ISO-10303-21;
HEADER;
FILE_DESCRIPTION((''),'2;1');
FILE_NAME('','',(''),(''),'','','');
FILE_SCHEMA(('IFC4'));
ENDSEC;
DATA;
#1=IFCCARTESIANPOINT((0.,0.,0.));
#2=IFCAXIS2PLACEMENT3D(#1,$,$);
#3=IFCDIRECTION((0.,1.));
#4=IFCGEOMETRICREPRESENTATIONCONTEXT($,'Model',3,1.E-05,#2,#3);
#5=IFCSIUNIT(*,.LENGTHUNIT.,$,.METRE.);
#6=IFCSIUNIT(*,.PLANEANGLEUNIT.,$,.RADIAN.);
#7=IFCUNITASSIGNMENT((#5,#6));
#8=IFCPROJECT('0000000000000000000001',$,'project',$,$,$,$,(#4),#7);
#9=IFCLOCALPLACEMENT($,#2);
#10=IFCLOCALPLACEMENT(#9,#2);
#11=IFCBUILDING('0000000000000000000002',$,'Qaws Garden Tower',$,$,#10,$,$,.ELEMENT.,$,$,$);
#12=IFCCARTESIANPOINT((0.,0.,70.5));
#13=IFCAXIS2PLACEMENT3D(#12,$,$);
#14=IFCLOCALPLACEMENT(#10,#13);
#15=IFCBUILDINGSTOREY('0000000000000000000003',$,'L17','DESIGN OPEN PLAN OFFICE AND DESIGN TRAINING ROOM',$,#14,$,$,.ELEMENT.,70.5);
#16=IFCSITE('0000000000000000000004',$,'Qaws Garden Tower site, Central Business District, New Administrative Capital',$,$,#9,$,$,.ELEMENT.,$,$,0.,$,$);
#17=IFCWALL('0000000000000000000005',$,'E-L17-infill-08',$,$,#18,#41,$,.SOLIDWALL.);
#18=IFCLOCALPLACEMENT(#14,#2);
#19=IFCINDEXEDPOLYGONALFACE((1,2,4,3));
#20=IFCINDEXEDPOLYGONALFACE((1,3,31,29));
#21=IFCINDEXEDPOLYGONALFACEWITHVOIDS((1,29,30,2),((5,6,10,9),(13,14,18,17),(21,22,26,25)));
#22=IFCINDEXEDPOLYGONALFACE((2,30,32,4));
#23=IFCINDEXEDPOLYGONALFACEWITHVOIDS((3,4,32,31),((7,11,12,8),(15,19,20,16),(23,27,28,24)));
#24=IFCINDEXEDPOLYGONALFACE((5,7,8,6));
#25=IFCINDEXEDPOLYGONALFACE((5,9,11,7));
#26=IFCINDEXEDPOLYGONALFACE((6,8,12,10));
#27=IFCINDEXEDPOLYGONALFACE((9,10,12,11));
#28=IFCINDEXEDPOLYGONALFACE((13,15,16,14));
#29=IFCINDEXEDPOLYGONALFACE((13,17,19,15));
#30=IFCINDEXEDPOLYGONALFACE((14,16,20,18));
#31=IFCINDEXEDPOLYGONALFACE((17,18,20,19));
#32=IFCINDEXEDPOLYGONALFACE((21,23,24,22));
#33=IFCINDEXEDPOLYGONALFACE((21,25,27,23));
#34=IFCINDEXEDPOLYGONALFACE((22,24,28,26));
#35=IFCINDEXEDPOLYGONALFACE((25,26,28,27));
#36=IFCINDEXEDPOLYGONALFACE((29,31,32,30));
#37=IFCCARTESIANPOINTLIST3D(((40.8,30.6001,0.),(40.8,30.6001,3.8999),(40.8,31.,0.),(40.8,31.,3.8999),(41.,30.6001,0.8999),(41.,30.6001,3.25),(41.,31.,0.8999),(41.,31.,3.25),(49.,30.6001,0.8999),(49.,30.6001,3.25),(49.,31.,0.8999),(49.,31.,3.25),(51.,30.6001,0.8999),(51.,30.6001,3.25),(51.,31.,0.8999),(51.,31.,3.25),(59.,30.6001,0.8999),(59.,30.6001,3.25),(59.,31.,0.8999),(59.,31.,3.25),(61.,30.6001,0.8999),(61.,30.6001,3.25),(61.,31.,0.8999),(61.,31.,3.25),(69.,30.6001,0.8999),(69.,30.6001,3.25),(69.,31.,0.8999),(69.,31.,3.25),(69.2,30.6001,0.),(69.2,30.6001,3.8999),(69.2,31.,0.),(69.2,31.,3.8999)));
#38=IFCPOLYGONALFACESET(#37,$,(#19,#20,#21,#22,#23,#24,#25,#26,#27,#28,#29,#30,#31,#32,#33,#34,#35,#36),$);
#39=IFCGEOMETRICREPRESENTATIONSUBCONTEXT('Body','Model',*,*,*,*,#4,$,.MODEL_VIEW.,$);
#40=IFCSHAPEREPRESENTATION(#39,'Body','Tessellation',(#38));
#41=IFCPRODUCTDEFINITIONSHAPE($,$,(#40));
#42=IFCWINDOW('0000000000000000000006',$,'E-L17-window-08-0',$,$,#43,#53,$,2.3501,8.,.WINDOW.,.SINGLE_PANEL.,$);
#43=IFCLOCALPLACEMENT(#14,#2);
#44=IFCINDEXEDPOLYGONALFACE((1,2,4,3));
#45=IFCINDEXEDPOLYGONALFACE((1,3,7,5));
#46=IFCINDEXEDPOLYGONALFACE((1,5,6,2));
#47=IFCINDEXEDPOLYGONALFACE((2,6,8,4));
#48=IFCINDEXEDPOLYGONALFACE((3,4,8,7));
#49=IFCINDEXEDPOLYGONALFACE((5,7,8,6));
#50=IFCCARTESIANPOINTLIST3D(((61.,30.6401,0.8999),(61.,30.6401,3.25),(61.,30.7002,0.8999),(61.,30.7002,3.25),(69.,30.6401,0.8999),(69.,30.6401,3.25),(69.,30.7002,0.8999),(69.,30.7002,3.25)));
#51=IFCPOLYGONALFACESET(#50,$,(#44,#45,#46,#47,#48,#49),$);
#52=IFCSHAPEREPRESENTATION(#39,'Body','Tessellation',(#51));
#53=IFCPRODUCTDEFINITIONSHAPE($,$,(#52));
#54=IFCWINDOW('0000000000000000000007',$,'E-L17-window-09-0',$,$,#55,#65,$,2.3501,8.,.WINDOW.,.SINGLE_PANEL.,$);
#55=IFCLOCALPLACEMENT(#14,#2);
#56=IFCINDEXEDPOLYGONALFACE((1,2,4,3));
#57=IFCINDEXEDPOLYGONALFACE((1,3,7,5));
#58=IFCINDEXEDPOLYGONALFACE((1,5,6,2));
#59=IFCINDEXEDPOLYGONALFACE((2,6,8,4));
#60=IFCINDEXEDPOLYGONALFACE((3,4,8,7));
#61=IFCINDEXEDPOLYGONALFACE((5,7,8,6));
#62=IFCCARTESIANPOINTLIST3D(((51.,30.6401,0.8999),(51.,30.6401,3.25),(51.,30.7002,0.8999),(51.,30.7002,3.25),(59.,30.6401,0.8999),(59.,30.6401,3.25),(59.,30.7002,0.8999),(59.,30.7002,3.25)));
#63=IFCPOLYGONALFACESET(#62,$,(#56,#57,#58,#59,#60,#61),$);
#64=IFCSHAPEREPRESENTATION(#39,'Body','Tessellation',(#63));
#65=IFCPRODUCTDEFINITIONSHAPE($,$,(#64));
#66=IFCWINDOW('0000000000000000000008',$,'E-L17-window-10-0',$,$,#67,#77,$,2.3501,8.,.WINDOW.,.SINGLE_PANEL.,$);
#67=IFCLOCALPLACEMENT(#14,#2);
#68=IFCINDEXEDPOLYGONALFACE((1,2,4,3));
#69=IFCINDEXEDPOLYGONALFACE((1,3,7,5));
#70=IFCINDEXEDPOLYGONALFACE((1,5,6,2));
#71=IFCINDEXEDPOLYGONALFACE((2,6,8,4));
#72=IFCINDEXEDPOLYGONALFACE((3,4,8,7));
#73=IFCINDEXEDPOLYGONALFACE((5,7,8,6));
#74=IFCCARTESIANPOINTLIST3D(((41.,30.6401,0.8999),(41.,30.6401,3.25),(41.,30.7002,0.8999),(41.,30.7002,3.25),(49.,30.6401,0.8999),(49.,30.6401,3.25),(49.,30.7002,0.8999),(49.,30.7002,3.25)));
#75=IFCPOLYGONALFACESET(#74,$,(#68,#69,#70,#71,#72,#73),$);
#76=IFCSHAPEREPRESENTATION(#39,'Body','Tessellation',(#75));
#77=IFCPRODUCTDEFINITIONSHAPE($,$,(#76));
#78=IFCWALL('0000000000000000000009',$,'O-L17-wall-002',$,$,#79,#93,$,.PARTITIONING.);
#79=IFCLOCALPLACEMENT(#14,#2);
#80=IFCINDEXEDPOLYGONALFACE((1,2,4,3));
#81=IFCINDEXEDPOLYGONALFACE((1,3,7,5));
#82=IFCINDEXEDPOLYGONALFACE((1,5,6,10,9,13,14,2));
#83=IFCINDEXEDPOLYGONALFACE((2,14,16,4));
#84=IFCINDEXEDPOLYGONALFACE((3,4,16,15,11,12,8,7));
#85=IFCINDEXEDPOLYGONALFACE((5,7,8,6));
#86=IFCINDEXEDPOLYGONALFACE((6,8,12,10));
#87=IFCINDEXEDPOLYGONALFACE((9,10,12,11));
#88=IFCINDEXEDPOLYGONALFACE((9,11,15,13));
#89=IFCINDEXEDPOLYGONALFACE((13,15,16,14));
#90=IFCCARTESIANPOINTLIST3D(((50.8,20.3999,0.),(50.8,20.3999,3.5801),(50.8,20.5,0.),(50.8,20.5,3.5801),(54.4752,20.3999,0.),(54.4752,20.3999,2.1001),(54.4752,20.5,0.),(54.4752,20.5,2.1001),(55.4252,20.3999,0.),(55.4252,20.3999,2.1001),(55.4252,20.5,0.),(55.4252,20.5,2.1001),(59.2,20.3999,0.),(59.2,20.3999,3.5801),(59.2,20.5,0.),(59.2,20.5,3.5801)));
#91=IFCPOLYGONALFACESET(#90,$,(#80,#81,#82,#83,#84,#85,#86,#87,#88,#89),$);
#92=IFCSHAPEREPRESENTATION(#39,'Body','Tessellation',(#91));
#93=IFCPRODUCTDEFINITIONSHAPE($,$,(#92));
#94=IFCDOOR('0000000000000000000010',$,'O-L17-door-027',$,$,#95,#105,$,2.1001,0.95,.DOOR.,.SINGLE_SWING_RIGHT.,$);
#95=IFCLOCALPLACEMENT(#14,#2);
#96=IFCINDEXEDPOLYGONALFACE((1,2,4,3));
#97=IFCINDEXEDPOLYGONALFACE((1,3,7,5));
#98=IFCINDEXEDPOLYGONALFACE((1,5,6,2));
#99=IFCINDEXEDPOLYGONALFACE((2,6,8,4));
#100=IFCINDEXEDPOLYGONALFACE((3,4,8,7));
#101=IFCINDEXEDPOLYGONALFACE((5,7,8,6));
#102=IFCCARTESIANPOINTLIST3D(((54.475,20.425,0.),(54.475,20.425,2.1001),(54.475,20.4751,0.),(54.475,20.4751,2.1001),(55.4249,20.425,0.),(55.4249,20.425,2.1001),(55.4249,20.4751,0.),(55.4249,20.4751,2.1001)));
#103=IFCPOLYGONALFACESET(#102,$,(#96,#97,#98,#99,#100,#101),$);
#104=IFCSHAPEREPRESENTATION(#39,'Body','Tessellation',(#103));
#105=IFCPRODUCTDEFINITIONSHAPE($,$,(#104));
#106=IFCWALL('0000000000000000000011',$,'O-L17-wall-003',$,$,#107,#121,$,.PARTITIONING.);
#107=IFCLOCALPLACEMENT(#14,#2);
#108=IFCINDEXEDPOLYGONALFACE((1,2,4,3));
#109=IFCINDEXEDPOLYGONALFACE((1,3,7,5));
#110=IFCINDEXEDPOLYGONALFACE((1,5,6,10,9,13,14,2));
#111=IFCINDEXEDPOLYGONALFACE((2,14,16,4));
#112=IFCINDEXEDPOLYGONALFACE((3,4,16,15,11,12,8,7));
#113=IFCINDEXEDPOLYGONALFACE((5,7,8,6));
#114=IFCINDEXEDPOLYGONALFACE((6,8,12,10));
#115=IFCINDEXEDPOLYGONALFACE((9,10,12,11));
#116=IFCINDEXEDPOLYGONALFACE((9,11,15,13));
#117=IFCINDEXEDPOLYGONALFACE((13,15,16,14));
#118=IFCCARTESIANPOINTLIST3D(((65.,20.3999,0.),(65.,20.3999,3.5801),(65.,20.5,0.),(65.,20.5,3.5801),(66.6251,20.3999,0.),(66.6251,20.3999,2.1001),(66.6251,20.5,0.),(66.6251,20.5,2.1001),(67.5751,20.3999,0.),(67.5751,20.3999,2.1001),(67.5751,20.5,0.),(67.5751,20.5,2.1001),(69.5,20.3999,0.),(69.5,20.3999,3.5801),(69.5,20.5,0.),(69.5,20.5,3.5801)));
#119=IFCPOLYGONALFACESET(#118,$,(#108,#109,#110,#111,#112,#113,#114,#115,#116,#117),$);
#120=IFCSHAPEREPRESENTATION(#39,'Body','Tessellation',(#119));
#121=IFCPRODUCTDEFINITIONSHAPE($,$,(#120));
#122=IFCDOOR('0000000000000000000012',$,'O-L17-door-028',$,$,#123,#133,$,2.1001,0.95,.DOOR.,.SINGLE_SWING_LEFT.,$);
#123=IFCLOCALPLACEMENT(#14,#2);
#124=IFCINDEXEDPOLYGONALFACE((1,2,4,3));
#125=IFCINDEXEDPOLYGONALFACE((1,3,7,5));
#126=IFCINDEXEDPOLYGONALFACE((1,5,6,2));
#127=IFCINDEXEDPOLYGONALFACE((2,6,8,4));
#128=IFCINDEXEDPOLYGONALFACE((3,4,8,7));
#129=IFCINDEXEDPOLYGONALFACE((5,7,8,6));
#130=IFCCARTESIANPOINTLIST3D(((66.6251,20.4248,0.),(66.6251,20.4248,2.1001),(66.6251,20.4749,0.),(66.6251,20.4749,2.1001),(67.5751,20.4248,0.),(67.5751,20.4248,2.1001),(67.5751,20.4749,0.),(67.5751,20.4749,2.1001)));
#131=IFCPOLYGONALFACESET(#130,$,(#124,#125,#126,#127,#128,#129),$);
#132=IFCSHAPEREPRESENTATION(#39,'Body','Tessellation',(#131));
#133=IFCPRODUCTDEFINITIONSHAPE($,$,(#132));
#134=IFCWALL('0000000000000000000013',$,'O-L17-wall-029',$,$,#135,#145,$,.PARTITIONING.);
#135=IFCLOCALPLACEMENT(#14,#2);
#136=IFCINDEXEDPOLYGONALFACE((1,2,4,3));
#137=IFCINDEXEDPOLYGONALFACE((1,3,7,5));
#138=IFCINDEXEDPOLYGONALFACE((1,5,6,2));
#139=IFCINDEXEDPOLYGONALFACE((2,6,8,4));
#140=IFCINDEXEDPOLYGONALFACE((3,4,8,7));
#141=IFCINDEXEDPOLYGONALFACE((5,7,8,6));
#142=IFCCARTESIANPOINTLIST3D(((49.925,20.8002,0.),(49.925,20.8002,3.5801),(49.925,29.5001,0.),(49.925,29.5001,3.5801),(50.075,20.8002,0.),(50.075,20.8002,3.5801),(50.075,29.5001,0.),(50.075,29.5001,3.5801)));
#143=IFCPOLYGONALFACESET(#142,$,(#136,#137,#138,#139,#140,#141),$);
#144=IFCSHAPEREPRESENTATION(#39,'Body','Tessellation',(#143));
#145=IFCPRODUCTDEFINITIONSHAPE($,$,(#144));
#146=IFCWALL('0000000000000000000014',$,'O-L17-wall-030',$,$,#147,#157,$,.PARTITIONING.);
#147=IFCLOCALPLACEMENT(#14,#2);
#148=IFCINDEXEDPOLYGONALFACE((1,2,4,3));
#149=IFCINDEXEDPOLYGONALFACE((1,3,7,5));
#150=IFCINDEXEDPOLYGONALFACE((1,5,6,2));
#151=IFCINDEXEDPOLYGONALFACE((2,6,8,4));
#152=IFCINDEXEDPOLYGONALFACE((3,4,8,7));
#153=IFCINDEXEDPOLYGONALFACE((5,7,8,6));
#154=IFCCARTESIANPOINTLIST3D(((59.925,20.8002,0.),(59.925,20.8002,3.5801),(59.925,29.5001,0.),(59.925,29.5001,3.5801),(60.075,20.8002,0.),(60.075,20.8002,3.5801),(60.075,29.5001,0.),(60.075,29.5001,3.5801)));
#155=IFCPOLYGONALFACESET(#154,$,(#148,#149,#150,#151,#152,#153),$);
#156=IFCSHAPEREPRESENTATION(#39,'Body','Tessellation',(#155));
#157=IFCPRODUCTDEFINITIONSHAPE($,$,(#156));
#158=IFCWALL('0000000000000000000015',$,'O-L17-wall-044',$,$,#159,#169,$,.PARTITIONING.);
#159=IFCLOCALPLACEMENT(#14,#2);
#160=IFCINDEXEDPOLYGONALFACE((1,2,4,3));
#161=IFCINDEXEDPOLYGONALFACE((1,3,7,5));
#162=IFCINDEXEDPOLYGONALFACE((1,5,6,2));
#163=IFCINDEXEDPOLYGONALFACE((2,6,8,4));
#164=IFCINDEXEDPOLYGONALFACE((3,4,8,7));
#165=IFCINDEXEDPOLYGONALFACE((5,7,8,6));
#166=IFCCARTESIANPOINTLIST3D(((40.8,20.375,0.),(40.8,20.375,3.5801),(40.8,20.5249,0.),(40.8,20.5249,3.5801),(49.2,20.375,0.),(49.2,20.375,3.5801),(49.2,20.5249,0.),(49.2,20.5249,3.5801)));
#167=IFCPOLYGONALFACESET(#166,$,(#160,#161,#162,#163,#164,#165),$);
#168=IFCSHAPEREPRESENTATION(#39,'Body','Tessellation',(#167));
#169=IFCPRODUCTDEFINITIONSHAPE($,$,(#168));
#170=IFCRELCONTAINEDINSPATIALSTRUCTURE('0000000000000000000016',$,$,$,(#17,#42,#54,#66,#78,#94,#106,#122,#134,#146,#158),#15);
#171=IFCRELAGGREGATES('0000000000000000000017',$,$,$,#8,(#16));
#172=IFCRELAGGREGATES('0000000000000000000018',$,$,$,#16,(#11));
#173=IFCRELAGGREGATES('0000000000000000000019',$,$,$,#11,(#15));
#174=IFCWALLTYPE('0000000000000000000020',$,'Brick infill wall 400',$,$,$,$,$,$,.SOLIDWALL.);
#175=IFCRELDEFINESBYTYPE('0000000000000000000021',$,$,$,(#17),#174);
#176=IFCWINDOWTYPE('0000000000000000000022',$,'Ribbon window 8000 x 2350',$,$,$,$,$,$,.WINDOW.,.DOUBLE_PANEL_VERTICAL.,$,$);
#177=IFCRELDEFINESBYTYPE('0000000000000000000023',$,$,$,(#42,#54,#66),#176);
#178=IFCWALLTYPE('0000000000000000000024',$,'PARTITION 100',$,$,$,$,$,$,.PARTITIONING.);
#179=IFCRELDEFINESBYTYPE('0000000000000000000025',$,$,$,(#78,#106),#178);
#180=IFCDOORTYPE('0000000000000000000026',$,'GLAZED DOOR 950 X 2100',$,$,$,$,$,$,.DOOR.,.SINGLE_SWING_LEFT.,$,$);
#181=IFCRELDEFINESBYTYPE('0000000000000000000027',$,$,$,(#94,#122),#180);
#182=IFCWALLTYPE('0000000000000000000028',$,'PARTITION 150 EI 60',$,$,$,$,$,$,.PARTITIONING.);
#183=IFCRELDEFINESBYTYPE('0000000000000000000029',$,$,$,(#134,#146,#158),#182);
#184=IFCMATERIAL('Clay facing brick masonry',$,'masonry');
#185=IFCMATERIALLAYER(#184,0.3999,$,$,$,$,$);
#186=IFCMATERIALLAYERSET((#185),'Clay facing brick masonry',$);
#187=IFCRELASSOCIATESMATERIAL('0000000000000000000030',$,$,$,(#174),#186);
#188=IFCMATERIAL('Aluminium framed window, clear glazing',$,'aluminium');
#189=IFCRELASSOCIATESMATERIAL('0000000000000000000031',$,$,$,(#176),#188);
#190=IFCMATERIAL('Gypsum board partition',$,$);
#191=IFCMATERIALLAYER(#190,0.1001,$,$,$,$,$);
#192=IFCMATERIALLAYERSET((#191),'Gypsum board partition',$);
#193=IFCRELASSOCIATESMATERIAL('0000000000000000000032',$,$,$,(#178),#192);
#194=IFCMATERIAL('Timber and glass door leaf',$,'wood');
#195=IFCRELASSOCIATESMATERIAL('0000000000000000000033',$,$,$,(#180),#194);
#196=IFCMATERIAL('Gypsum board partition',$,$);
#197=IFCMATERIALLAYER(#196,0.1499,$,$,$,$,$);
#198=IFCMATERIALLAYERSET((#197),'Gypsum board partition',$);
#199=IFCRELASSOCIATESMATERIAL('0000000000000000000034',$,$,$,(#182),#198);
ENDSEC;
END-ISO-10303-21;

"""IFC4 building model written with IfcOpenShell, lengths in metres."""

from ifc_helpers import new_model, si_unit, direction, frame, frame_2d, origin, place, context, subcontext, project, spatial, rectangle, extrude, material, layer, layer_set, type_object, element, fill, save


model = new_model("IFC4")

# Units and contexts
model_context = context("Model", 3, precision=1e-05, world=origin(), true_north=direction((0.0, 1.0)))
body_context = subcontext(model_context, "Body", "Model", "MODEL_VIEW")
ifc_project = project(units=[si_unit("LENGTHUNIT", "METRE"), si_unit("PLANEANGLEUNIT", "RADIAN")], contexts=[model_context])

# Site, building, storey
site_placement = place(None, origin())
site = spatial("IfcSite", under=ifc_project, at=site_placement, Name="Qaws Garden Tower site, Central Business District, New Administrative Capital", CompositionType="ELEMENT", RefElevation=0.0)
building_placement = place(site_placement, origin())
building = spatial("IfcBuilding", under=site, at=building_placement, Name="Qaws Garden Tower", CompositionType="ELEMENT")
storey_placement = place(building_placement, frame((0.0, 0.0, 70.5)))
storey = spatial("IfcBuildingStorey", under=building, at=storey_placement, Name="L17", Description="DESIGN OPEN PLAN OFFICE AND DESIGN TRAINING ROOM", CompositionType="ELEMENT", Elevation=70.5)

# Wall, openings, windows
ifc_material_1 = material(Name="Clay facing brick masonry", Category="masonry")
ifc_layer_1 = layer(ifc_material_1, 0.3999)
ifc_layer_set_1 = layer_set([ifc_layer_1], Name="Clay facing brick masonry")
wall_type_1 = type_object("IfcWallType", Name="Brick infill wall 400", PredefinedType="SOLIDWALL", material=ifc_layer_set_1)
wall_1_placement = place(storey_placement, frame((69.2, 30.8, 0.0), z_axis=(0.0, 0.0, 1.0), x_axis=(-1.0, 0.0, 0.0)))
wall_1 = element("IfcWall", 1, at=wall_1_placement, inside=storey, type_object=wall_type_1, Name="E-L17-infill-08", PredefinedType="SOLIDWALL", context=body_context, shape_type="SweptSolid", body=[
    extrude(rectangle(XDim=28.3999, YDim=0.3999, at=frame_2d((14.2, 0.0))), origin(), (0.0, 0.0, 1.0), 3.8999),
])
opening_1_placement = place(wall_1_placement, frame((0.2, 0.0, 0.8999)))
opening_1 = element("IfcOpeningElement", 2, at=opening_1_placement, cuts=wall_1, PredefinedType="OPENING", context=body_context, shape_type="SweptSolid", body=[
    extrude(rectangle(XDim=8.0, YDim=2.3501, at=frame_2d((4.0, 1.175))), frame((0.0, 0.21, 0.0), z_axis=(0.0, -1.0, 0.0), x_axis=(1.0, 0.0, 0.0)), (0.0, 0.0, 1.0), 0.4199),
])
opening_2_placement = place(wall_1_placement, frame((10.2, 0.0, 0.8999)))
opening_2 = element("IfcOpeningElement", 3, at=opening_2_placement, cuts=wall_1, PredefinedType="OPENING", context=body_context, shape_type="SweptSolid", body=[
    extrude(rectangle(XDim=8.0, YDim=2.3501, at=frame_2d((4.0, 1.175))), frame((0.0, 0.21, 0.0), z_axis=(0.0, -1.0, 0.0), x_axis=(1.0, 0.0, 0.0)), (0.0, 0.0, 1.0), 0.4199),
])
opening_3_placement = place(wall_1_placement, frame((20.2, 0.0, 0.8999)))
opening_3 = element("IfcOpeningElement", 4, at=opening_3_placement, cuts=wall_1, PredefinedType="OPENING", context=body_context, shape_type="SweptSolid", body=[
    extrude(rectangle(XDim=8.0, YDim=2.3501, at=frame_2d((4.0, 1.175))), frame((0.0, 0.21, 0.0), z_axis=(0.0, -1.0, 0.0), x_axis=(1.0, 0.0, 0.0)), (0.0, 0.0, 1.0), 0.4199),
])
ifc_material_2 = material(Name="Aluminium framed window, clear glazing", Category="aluminium")
window_type = type_object("IfcWindowType", Name="Ribbon window 8000 x 2350", PartitioningType="DOUBLE_PANEL_VERTICAL", PredefinedType="WINDOW", material=ifc_material_2)
window_1_placement = place(opening_1_placement, origin())
window_1 = element("IfcWindow", 5, at=window_1_placement, inside=storey, type_object=window_type, Name="E-L17-window-08-0", OverallHeight=2.3501, OverallWidth=8.0, PartitioningType="SINGLE_PANEL", PredefinedType="WINDOW", context=body_context, shape_type="SweptSolid", body=[
    extrude(rectangle(XDim=8.0, YDim=2.3501, at=frame_2d((4.0, 1.175))), frame((0.0, 0.1599, 0.0), z_axis=(0.0, -1.0, 0.0), x_axis=(1.0, 0.0, 0.0)), (0.0, 0.0, 1.0), 0.0601),
])
fill(opening_1, window_1)
window_2_placement = place(opening_2_placement, origin())
window_2 = element("IfcWindow", 6, at=window_2_placement, inside=storey, type_object=window_type, Name="E-L17-window-09-0", OverallHeight=2.3501, OverallWidth=8.0, PartitioningType="SINGLE_PANEL", PredefinedType="WINDOW", context=body_context, shape_type="SweptSolid", body=[
    extrude(rectangle(XDim=8.0, YDim=2.3501, at=frame_2d((4.0, 1.175))), frame((0.0, 0.1599, 0.0), z_axis=(0.0, -1.0, 0.0), x_axis=(1.0, 0.0, 0.0)), (0.0, 0.0, 1.0), 0.0601),
])
fill(opening_2, window_2)
window_3_placement = place(opening_3_placement, origin())
window_3 = element("IfcWindow", 7, at=window_3_placement, inside=storey, type_object=window_type, Name="E-L17-window-10-0", OverallHeight=2.3501, OverallWidth=8.0, PartitioningType="SINGLE_PANEL", PredefinedType="WINDOW", context=body_context, shape_type="SweptSolid", body=[
    extrude(rectangle(XDim=8.0, YDim=2.3501, at=frame_2d((4.0, 1.175))), frame((0.0, 0.1599, 0.0), z_axis=(0.0, -1.0, 0.0), x_axis=(1.0, 0.0, 0.0)), (0.0, 0.0, 1.0), 0.0601),
])
fill(opening_3, window_3)

# Walls, openings, doors
ifc_material_3 = material(Name="Gypsum board partition")
ifc_layer_2 = layer(ifc_material_3, 0.1001)
ifc_layer_set_2 = layer_set([ifc_layer_2], Name="Gypsum board partition")
wall_type_2 = type_object("IfcWallType", Name="PARTITION 100", PredefinedType="PARTITIONING", material=ifc_layer_set_2)
wall_2_placement = place(storey_placement, frame((50.8, 20.45, 0.0), z_axis=(0.0, 0.0, 1.0), x_axis=(1.0, 0.0, 0.0)))
wall_2 = element("IfcWall", 8, at=wall_2_placement, inside=storey, type_object=wall_type_2, Name="O-L17-wall-002", PredefinedType="PARTITIONING", context=body_context, shape_type="SweptSolid", body=[
    extrude(rectangle(XDim=8.3999, YDim=0.1001, at=frame_2d((4.2, 0.0))), origin(), (0.0, 0.0, 1.0), 3.5801),
])
opening_4_placement = place(wall_2_placement, frame((3.675, 0.0, 0.0)))
opening_4 = element("IfcOpeningElement", 9, at=opening_4_placement, cuts=wall_2, PredefinedType="OPENING", context=body_context, shape_type="SweptSolid", body=[
    extrude(rectangle(XDim=0.95, YDim=2.1001, at=frame_2d((0.4751, 1.05))), frame((0.0, 0.0601, 0.0), z_axis=(0.0, -1.0, 0.0), x_axis=(1.0, 0.0, 0.0)), (0.0, 0.0, 1.0), 0.1201),
])
ifc_material_4 = material(Name="Timber and glass door leaf", Category="wood")
door_type = type_object("IfcDoorType", Name="GLAZED DOOR 950 X 2100", OperationType="SINGLE_SWING_LEFT", PredefinedType="DOOR", material=ifc_material_4)
door_1_placement = place(opening_4_placement, frame((0.95, 0.0, 0.0), z_axis=(0.0, 0.0, 1.0), x_axis=(-1.0, 0.0, 0.0)))
door_1 = element("IfcDoor", 10, at=door_1_placement, inside=storey, type_object=door_type, Name="O-L17-door-027", OperationType="SINGLE_SWING_RIGHT", OverallHeight=2.1001, OverallWidth=0.95, PredefinedType="DOOR", context=body_context, shape_type="SweptSolid", body=[
    extrude(rectangle(XDim=0.95, YDim=2.1001, at=frame_2d((0.4751, 1.05))), frame((0.0, 0.0249, 0.0), z_axis=(0.0, -1.0, 0.0), x_axis=(1.0, 0.0, 0.0)), (0.0, 0.0, 1.0), 0.05),
])
fill(opening_4, door_1)
wall_3_placement = place(storey_placement, frame((65.0, 20.45, 0.0), z_axis=(0.0, 0.0, 1.0), x_axis=(1.0, 0.0, 0.0)))
wall_3 = element("IfcWall", 11, at=wall_3_placement, inside=storey, type_object=wall_type_2, Name="O-L17-wall-003", PredefinedType="PARTITIONING", context=body_context, shape_type="SweptSolid", body=[
    extrude(rectangle(XDim=4.5, YDim=0.1001, at=frame_2d((2.25, 0.0))), origin(), (0.0, 0.0, 1.0), 3.5801),
])
opening_5_placement = place(wall_3_placement, frame((1.625, 0.0, 0.0)))
opening_5 = element("IfcOpeningElement", 12, at=opening_5_placement, cuts=wall_3, PredefinedType="OPENING", context=body_context, shape_type="SweptSolid", body=[
    extrude(rectangle(XDim=0.95, YDim=2.1001, at=frame_2d((0.4751, 1.05))), frame((0.0, 0.0601, 0.0), z_axis=(0.0, -1.0, 0.0), x_axis=(1.0, 0.0, 0.0)), (0.0, 0.0, 1.0), 0.1201),
])
door_2_placement = place(opening_5_placement, origin())
door_2 = element("IfcDoor", 13, at=door_2_placement, inside=storey, type_object=door_type, Name="O-L17-door-028", OperationType="SINGLE_SWING_LEFT", OverallHeight=2.1001, OverallWidth=0.95, PredefinedType="DOOR", context=body_context, shape_type="SweptSolid", body=[
    extrude(rectangle(XDim=0.95, YDim=2.1001, at=frame_2d((0.4751, 1.05))), frame((0.0, 0.0249, 0.0), z_axis=(0.0, -1.0, 0.0), x_axis=(1.0, 0.0, 0.0)), (0.0, 0.0, 1.0), 0.05),
])
fill(opening_5, door_2)

# Walls
ifc_material_5 = material(Name="Gypsum board partition")
ifc_layer_3 = layer(ifc_material_5, 0.1499)
ifc_layer_set_3 = layer_set([ifc_layer_3], Name="Gypsum board partition")
wall_type_3 = type_object("IfcWallType", Name="PARTITION 150 EI 60", PredefinedType="PARTITIONING", material=ifc_layer_set_3)
for number, where, z_axis, x_axis, name in (
    (14, (50.0, 20.8, 0.0), (0.0, 0.0, 1.0), (0.0, 1.0, 0.0), "O-L17-wall-029"),
    (15, (60.0, 20.8, 0.0), (0.0, 0.0, 1.0), (0.0, 1.0, 0.0), "O-L17-wall-030"),
):
    element("IfcWall", number, at=place(storey_placement, frame(where, z_axis=z_axis, x_axis=x_axis)), inside=storey, type_object=wall_type_3, Name=name, PredefinedType="PARTITIONING", context=body_context, shape_type="SweptSolid", body=[
        extrude(rectangle(XDim=8.7, YDim=0.1499, at=frame_2d((4.3501, 0.0))), origin(), (0.0, 0.0, 1.0), 3.5801),
    ])
wall_4_placement = place(storey_placement, frame((40.8, 20.45, 0.0), z_axis=(0.0, 0.0, 1.0), x_axis=(1.0, 0.0, 0.0)))
element("IfcWall", 16, at=wall_4_placement, inside=storey, type_object=wall_type_3, Name="O-L17-wall-044", PredefinedType="PARTITIONING", context=body_context, shape_type="SweptSolid", body=[
    extrude(rectangle(XDim=8.3999, YDim=0.1499, at=frame_2d((4.2, 0.0))), origin(), (0.0, 0.0, 1.0), 3.5801),
])

save(model, "model.ifc")
